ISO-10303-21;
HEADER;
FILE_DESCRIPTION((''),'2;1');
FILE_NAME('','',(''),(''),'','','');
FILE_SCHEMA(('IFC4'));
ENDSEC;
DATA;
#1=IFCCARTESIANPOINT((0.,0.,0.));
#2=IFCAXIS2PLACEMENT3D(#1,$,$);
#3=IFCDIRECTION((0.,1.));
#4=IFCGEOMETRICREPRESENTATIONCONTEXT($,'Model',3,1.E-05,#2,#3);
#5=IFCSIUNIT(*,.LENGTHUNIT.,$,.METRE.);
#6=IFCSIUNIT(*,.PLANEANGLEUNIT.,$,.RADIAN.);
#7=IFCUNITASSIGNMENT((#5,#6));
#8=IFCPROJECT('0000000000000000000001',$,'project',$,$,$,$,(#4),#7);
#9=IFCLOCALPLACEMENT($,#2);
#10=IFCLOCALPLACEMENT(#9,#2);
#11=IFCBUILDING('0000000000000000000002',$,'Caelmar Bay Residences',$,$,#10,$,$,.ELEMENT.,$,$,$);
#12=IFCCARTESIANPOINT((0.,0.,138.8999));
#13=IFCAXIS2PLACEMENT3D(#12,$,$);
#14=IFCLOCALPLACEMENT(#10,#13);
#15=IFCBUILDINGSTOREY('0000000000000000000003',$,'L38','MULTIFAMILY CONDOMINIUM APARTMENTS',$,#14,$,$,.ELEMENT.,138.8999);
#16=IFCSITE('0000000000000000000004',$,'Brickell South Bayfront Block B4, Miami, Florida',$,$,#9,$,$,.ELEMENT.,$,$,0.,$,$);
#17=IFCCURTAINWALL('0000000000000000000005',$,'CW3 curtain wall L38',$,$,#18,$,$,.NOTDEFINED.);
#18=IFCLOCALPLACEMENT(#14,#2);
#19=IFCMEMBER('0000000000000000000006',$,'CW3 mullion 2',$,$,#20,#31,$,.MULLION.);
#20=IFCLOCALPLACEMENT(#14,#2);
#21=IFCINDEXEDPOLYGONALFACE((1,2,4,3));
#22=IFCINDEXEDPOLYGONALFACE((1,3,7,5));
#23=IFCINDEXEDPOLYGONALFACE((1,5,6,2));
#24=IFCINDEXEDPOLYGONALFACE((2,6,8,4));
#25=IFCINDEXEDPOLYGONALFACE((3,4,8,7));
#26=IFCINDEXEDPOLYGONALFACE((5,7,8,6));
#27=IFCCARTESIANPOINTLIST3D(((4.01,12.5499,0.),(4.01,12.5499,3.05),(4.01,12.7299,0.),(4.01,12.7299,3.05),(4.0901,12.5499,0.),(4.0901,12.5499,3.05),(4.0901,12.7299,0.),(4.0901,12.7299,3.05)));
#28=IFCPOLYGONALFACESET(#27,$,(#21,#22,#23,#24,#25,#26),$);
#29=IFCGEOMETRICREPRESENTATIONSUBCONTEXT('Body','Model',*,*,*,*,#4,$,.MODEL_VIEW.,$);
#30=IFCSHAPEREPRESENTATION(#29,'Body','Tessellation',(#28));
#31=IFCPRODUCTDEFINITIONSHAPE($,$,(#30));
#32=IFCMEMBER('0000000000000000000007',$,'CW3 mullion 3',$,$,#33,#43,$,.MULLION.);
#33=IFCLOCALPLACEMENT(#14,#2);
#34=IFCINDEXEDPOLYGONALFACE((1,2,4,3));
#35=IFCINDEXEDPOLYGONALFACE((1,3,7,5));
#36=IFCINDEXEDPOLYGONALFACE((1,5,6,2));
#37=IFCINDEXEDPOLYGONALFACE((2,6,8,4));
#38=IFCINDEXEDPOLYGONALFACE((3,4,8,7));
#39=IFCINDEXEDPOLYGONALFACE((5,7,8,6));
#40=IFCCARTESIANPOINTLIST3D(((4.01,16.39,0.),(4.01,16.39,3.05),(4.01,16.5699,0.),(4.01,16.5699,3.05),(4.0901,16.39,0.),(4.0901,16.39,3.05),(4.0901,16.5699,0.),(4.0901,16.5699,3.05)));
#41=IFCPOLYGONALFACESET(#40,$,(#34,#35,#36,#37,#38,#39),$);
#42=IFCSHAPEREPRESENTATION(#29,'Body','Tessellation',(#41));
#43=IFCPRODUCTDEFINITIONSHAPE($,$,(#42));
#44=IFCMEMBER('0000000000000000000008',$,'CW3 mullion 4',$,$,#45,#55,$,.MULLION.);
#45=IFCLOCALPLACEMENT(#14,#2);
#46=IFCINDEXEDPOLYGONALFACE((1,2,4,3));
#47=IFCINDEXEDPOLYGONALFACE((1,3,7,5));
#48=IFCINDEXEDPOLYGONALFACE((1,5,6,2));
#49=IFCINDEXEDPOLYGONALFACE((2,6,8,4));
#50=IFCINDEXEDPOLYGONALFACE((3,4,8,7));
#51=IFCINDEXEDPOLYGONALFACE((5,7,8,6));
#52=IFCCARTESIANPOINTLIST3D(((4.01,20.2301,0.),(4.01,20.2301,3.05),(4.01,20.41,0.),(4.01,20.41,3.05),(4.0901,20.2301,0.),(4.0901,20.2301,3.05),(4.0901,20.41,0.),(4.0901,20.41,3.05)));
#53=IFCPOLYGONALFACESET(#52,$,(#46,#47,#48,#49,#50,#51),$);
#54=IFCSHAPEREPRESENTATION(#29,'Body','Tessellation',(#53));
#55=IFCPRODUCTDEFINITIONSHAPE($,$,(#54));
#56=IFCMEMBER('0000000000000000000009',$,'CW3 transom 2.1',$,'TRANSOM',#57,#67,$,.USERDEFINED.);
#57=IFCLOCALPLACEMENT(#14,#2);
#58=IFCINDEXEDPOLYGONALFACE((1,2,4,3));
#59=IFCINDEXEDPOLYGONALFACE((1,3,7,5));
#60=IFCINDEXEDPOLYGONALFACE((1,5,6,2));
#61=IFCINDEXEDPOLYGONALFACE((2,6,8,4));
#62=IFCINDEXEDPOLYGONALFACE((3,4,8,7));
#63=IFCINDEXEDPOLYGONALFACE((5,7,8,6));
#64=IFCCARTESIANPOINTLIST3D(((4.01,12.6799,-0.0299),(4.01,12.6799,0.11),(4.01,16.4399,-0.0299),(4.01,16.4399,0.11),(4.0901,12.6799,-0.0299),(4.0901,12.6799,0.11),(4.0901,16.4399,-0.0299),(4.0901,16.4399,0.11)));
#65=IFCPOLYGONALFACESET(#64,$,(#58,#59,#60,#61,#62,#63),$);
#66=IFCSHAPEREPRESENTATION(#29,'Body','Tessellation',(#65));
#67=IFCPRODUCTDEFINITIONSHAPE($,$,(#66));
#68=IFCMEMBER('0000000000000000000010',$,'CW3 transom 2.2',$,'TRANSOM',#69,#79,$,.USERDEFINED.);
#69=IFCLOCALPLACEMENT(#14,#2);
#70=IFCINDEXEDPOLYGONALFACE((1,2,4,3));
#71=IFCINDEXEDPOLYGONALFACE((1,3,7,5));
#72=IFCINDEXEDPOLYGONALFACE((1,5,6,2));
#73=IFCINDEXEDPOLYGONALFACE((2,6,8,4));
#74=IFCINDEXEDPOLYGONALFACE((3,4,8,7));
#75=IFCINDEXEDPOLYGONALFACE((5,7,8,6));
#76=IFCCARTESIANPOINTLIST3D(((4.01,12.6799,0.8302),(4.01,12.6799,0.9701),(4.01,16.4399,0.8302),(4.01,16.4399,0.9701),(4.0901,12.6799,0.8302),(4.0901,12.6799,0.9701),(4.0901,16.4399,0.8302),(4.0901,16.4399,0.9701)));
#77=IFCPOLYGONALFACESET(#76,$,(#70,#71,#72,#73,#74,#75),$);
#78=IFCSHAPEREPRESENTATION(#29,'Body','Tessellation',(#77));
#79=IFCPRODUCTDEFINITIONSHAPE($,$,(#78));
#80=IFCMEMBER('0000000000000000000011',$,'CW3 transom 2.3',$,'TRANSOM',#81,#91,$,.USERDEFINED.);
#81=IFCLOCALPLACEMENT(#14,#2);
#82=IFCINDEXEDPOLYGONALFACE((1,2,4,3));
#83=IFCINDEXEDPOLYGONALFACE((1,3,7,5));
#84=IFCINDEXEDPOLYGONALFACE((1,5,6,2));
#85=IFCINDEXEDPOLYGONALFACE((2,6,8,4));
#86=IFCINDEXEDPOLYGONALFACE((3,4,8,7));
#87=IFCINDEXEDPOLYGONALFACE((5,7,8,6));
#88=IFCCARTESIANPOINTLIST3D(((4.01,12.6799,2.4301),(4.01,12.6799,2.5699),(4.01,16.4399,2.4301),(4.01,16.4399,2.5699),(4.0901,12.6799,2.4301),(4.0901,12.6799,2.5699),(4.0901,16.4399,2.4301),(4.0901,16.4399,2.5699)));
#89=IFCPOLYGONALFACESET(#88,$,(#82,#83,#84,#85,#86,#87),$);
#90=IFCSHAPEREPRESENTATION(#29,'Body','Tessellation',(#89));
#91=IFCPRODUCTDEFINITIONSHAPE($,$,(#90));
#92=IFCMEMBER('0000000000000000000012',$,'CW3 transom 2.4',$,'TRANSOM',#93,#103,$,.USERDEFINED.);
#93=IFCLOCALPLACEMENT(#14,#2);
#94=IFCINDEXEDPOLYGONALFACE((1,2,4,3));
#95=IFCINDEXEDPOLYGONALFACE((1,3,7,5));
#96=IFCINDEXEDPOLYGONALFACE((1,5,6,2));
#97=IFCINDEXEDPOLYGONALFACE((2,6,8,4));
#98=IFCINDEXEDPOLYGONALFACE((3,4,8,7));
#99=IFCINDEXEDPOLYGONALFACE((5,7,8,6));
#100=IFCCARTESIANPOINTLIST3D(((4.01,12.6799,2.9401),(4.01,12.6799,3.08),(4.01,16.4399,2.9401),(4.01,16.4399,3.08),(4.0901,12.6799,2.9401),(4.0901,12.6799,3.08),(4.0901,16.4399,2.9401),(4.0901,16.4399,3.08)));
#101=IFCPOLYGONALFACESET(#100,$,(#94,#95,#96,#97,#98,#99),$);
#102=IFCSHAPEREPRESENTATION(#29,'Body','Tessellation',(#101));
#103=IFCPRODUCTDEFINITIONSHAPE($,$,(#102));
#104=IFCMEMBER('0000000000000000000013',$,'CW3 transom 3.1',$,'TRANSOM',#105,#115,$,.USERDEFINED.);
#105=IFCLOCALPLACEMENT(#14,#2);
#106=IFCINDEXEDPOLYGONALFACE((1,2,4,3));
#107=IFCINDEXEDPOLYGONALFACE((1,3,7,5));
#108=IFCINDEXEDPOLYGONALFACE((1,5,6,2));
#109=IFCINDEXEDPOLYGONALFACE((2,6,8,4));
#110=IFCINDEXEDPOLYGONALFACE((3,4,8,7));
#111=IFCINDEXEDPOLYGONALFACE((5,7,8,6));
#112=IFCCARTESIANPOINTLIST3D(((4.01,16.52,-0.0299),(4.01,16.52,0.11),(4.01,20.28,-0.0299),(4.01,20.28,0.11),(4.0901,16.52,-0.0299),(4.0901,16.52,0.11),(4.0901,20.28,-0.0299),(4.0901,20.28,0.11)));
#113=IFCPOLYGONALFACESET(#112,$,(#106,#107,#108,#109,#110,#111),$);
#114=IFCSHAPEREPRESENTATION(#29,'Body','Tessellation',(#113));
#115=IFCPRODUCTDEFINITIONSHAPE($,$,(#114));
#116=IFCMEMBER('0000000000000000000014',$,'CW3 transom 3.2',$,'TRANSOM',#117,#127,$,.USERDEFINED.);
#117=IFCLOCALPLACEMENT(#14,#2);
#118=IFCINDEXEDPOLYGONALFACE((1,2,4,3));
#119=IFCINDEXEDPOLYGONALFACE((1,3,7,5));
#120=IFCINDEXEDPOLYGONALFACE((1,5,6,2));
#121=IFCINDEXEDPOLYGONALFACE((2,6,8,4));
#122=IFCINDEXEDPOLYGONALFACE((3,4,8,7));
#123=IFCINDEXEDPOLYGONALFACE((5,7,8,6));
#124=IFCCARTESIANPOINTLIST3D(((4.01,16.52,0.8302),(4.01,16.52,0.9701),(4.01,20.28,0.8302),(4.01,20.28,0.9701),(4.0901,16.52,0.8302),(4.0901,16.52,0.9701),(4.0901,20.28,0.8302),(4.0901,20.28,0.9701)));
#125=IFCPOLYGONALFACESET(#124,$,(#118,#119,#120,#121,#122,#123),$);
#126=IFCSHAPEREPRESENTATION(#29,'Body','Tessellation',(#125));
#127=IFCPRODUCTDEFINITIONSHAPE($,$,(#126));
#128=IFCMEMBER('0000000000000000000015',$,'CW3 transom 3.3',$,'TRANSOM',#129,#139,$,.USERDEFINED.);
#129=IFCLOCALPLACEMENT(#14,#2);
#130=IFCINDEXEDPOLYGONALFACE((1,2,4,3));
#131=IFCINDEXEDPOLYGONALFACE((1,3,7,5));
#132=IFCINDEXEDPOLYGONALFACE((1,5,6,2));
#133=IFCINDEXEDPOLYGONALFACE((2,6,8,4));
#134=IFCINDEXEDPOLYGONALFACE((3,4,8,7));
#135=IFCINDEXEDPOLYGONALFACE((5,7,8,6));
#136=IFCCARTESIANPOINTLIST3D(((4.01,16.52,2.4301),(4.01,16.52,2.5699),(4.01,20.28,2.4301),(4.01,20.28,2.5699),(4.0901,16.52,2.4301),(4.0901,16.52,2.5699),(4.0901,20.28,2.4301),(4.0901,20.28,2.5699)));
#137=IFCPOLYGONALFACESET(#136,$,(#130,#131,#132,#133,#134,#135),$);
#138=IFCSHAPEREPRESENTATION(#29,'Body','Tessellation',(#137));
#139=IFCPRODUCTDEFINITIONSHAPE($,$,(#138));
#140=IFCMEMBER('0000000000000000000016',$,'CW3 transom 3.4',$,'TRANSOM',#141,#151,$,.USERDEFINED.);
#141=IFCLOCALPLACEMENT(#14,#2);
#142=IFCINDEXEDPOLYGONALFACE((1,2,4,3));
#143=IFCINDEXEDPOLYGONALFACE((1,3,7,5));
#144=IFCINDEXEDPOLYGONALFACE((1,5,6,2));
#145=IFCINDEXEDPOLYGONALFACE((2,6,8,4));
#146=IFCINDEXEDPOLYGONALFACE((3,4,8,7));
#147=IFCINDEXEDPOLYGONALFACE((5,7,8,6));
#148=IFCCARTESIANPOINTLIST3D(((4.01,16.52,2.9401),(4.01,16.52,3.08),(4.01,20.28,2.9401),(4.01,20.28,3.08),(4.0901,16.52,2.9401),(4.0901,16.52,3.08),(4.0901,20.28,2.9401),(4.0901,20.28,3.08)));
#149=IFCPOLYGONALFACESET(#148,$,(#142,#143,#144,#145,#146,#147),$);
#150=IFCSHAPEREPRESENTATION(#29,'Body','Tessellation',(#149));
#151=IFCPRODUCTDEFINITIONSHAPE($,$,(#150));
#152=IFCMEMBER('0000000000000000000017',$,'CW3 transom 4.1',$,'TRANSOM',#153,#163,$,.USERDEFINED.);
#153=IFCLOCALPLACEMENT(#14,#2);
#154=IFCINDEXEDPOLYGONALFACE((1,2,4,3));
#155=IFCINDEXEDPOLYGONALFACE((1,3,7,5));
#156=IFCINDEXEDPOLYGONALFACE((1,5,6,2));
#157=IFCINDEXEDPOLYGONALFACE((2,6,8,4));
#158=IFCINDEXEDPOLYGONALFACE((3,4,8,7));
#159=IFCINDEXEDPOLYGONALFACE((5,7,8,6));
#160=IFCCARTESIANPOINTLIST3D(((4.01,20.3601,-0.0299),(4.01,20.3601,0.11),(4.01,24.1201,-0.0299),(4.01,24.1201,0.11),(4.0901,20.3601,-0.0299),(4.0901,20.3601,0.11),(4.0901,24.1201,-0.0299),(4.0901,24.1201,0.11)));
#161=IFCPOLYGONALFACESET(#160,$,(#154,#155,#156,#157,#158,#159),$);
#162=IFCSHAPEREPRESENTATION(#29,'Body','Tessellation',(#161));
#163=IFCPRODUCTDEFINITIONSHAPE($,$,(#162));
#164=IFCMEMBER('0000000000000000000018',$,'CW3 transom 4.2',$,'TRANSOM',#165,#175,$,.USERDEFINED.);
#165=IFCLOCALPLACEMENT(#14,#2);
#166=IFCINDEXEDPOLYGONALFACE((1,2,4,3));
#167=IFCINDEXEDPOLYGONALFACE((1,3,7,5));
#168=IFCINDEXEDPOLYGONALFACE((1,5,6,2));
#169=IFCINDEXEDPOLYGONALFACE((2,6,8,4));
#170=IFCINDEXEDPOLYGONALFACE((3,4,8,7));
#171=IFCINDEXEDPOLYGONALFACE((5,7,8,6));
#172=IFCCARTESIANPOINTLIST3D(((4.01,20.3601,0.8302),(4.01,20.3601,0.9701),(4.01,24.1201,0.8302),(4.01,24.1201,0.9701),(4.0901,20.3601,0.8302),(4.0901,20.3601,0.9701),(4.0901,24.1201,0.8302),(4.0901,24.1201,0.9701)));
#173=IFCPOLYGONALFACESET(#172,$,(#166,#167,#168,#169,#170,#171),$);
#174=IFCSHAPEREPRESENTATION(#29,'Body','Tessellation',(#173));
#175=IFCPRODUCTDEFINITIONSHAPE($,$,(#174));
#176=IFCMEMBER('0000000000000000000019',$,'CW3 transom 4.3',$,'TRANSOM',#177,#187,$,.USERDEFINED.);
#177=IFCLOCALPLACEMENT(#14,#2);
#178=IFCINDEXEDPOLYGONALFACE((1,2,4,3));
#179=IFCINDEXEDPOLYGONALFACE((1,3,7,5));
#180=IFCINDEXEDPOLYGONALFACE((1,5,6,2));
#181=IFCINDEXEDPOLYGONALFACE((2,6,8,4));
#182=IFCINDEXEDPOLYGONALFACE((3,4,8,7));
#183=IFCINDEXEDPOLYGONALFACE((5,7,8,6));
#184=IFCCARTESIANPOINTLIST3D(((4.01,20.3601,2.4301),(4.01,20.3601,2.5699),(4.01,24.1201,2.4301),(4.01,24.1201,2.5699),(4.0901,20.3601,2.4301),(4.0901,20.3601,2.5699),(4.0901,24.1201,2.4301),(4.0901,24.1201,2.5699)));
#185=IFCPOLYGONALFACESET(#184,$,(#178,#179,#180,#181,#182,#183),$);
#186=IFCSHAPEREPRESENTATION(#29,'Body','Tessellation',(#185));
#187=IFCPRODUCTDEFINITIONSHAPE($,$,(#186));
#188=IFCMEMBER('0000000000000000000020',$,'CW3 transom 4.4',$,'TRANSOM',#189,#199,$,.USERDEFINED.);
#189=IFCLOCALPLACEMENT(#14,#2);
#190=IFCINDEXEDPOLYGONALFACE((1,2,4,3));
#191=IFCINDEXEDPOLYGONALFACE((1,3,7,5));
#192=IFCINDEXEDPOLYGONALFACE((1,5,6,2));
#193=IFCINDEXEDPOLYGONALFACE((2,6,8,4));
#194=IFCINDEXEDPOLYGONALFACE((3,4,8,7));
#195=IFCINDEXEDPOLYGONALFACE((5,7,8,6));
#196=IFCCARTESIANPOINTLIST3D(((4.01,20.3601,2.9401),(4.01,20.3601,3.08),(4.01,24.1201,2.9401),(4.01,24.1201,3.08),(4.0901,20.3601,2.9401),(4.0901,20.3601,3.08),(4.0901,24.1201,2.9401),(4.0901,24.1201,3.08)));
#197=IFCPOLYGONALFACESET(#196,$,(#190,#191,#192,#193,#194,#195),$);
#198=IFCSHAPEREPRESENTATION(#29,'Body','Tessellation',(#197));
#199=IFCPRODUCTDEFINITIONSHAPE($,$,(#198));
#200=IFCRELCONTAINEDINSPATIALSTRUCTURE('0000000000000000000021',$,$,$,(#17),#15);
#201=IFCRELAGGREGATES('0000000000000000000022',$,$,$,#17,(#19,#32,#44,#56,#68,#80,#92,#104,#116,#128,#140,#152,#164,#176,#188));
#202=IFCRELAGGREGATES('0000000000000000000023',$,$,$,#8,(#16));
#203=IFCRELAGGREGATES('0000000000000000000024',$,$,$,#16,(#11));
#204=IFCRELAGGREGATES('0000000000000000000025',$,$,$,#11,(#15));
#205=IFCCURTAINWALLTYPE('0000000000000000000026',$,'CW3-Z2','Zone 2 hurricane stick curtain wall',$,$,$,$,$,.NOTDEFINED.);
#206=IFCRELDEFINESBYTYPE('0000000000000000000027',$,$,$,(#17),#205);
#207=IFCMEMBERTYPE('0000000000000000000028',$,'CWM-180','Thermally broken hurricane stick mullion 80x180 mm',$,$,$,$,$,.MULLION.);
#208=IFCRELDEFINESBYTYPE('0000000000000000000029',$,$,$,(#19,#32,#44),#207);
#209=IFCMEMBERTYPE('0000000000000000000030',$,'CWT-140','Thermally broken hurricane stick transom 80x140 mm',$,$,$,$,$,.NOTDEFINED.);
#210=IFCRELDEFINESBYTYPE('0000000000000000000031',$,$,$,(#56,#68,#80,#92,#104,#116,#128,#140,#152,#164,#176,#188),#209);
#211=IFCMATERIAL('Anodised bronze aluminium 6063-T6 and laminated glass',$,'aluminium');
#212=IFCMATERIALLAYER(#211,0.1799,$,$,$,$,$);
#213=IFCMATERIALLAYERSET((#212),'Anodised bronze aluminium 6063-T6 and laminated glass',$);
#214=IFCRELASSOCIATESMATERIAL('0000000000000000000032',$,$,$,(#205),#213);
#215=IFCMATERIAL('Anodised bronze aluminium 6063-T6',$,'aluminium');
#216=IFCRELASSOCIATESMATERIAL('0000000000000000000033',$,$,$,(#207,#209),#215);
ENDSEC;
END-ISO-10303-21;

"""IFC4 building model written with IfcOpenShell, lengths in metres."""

from ifc_helpers import new_model, si_unit, direction, frame, origin, origin_2d, place, context, subcontext, project, spatial, rectangle, extrude, material, layer, layer_set, material_profile, profile_set, type_object, element, aggregate, save


model = new_model("IFC4")

# Units and contexts
model_context = context("Model", 3, precision=1e-05, world=origin(), true_north=direction((0.0, 1.0)))
body_context = subcontext(model_context, "Body", "Model", "MODEL_VIEW")
ifc_project = project(units=[si_unit("LENGTHUNIT", "METRE"), si_unit("PLANEANGLEUNIT", "RADIAN")], contexts=[model_context])

# Site, building, storey
site_placement = place(None, origin())
site = spatial("IfcSite", under=ifc_project, at=site_placement, Name="Brickell South Bayfront Block B4, Miami, Florida", CompositionType="ELEMENT", RefElevation=0.0)
building_placement = place(site_placement, origin())
building = spatial("IfcBuilding", under=site, at=building_placement, Name="Caelmar Bay Residences", CompositionType="ELEMENT")
storey_placement = place(building_placement, frame((0.0, 0.0, 138.8999)))
storey = spatial("IfcBuildingStorey", under=building, at=storey_placement, Name="L38", Description="MULTIFAMILY CONDOMINIUM APARTMENTS", CompositionType="ELEMENT", Elevation=138.8999)

# Curtain wall, members
ifc_material_1 = material(Name="Anodised bronze aluminium 6063-T6 and laminated glass", Category="aluminium")
ifc_layer_1 = layer(ifc_material_1, 0.1799)
ifc_layer_set_1 = layer_set([ifc_layer_1], Name="Anodised bronze aluminium 6063-T6 and laminated glass")
curtain_wall_type = type_object("IfcCurtainWallType", Name="CW3-Z2", Description="Zone 2 hurricane stick curtain wall", PredefinedType="NOTDEFINED", material=ifc_layer_set_1)
curtain_wall_placement = place(storey_placement, origin())
curtain_wall = element("IfcCurtainWall", 1, at=curtain_wall_placement, inside=storey, type_object=curtain_wall_type, Name="CW3 curtain wall L38", PredefinedType="NOTDEFINED")
ifc_material_2 = material(Name="Anodised bronze aluminium 6063-T6", Category="aluminium")
ifc_material_profile_1 = material_profile(ifc_material_2, rectangle(XDim=0.0801, YDim=0.1799, at=origin_2d()), Name="CWM-80X180")
ifc_profile_set_1 = profile_set([ifc_material_profile_1], Name="Anodised bronze aluminium 6063-T6")
member_type_1 = type_object("IfcMemberType", Name="CWM-180", Description="Thermally broken hurricane stick mullion 80x180 mm", PredefinedType="MULLION", material=ifc_profile_set_1)
member_1_placement = place(storey_placement, frame((4.05, 12.6399, 0.0), z_axis=(0.0, 0.0, 1.0), x_axis=(-1.0, 0.0, 0.0)))
member_1 = element("IfcMember", 2, at=member_1_placement, type_object=member_type_1, Name="CW3 mullion 2", PredefinedType="MULLION", context=body_context, shape_type="SweptSolid", body=[
    extrude(rectangle(XDim=0.0801, YDim=0.1799, at=origin_2d()), origin(), (0.0, 0.0, 1.0), 3.05),
])
member_2_placement = place(storey_placement, frame((4.05, 16.48, 0.0), z_axis=(0.0, 0.0, 1.0), x_axis=(-1.0, 0.0, 0.0)))
member_2 = element("IfcMember", 3, at=member_2_placement, type_object=member_type_1, Name="CW3 mullion 3", PredefinedType="MULLION", context=body_context, shape_type="SweptSolid", body=[
    extrude(rectangle(XDim=0.0801, YDim=0.1799, at=origin_2d()), origin(), (0.0, 0.0, 1.0), 3.05),
])
member_3_placement = place(storey_placement, frame((4.05, 20.3201, 0.0), z_axis=(0.0, 0.0, 1.0), x_axis=(-1.0, 0.0, 0.0)))
member_3 = element("IfcMember", 4, at=member_3_placement, type_object=member_type_1, Name="CW3 mullion 4", PredefinedType="MULLION", context=body_context, shape_type="SweptSolid", body=[
    extrude(rectangle(XDim=0.0801, YDim=0.1799, at=origin_2d()), origin(), (0.0, 0.0, 1.0), 3.05),
])
ifc_material_profile_2 = material_profile(ifc_material_2, rectangle(XDim=0.0801, YDim=0.1399, at=origin_2d()), Name="CWT-80X140")
ifc_profile_set_2 = profile_set([ifc_material_profile_2], Name="Anodised bronze aluminium 6063-T6")
member_type_2 = type_object("IfcMemberType", Name="CWT-140", Description="Thermally broken hurricane stick transom 80x140 mm", PredefinedType="NOTDEFINED", material=ifc_profile_set_2)
member_4_placement = place(storey_placement, frame((4.05, 12.6799, 0.04), z_axis=(0.0, 1.0, 0.0), x_axis=(-1.0, 0.0, 0.0)))
member_4 = element("IfcMember", 5, at=member_4_placement, type_object=member_type_2, Name="CW3 transom 2.1", ObjectType="TRANSOM", PredefinedType="USERDEFINED", context=body_context, shape_type="SweptSolid", body=[
    extrude(rectangle(XDim=0.0801, YDim=0.1399, at=origin_2d()), origin(), (0.0, 0.0, 1.0), 3.76),
])
member_5_placement = place(storey_placement, frame((4.05, 12.6799, 0.9001), z_axis=(0.0, 1.0, 0.0), x_axis=(-1.0, 0.0, 0.0)))
member_5 = element("IfcMember", 6, at=member_5_placement, type_object=member_type_2, Name="CW3 transom 2.2", ObjectType="TRANSOM", PredefinedType="USERDEFINED", context=body_context, shape_type="SweptSolid", body=[
    extrude(rectangle(XDim=0.0801, YDim=0.1399, at=origin_2d()), origin(), (0.0, 0.0, 1.0), 3.76),
])
member_6_placement = place(storey_placement, frame((4.05, 12.6799, 2.5), z_axis=(0.0, 1.0, 0.0), x_axis=(-1.0, 0.0, 0.0)))
member_6 = element("IfcMember", 7, at=member_6_placement, type_object=member_type_2, Name="CW3 transom 2.3", ObjectType="TRANSOM", PredefinedType="USERDEFINED", context=body_context, shape_type="SweptSolid", body=[
    extrude(rectangle(XDim=0.0801, YDim=0.1399, at=origin_2d()), origin(), (0.0, 0.0, 1.0), 3.76),
])
member_7_placement = place(storey_placement, frame((4.05, 12.6799, 3.01), z_axis=(0.0, 1.0, 0.0), x_axis=(-1.0, 0.0, 0.0)))
member_7 = element("IfcMember", 8, at=member_7_placement, type_object=member_type_2, Name="CW3 transom 2.4", ObjectType="TRANSOM", PredefinedType="USERDEFINED", context=body_context, shape_type="SweptSolid", body=[
    extrude(rectangle(XDim=0.0801, YDim=0.1399, at=origin_2d()), origin(), (0.0, 0.0, 1.0), 3.76),
])
member_8_placement = place(storey_placement, frame((4.05, 16.52, 0.04), z_axis=(0.0, 1.0, 0.0), x_axis=(-1.0, 0.0, 0.0)))
member_8 = element("IfcMember", 9, at=member_8_placement, type_object=member_type_2, Name="CW3 transom 3.1", ObjectType="TRANSOM", PredefinedType="USERDEFINED", context=body_context, shape_type="SweptSolid", body=[
    extrude(rectangle(XDim=0.0801, YDim=0.1399, at=origin_2d()), origin(), (0.0, 0.0, 1.0), 3.76),
])
member_9_placement = place(storey_placement, frame((4.05, 16.52, 0.9001), z_axis=(0.0, 1.0, 0.0), x_axis=(-1.0, 0.0, 0.0)))
member_9 = element("IfcMember", 10, at=member_9_placement, type_object=member_type_2, Name="CW3 transom 3.2", ObjectType="TRANSOM", PredefinedType="USERDEFINED", context=body_context, shape_type="SweptSolid", body=[
    extrude(rectangle(XDim=0.0801, YDim=0.1399, at=origin_2d()), origin(), (0.0, 0.0, 1.0), 3.76),
])
member_10_placement = place(storey_placement, frame((4.05, 16.52, 2.5), z_axis=(0.0, 1.0, 0.0), x_axis=(-1.0, 0.0, 0.0)))
member_10 = element("IfcMember", 11, at=member_10_placement, type_object=member_type_2, Name="CW3 transom 3.3", ObjectType="TRANSOM", PredefinedType="USERDEFINED", context=body_context, shape_type="SweptSolid", body=[
    extrude(rectangle(XDim=0.0801, YDim=0.1399, at=origin_2d()), origin(), (0.0, 0.0, 1.0), 3.76),
])
member_11_placement = place(storey_placement, frame((4.05, 16.52, 3.01), z_axis=(0.0, 1.0, 0.0), x_axis=(-1.0, 0.0, 0.0)))
member_11 = element("IfcMember", 12, at=member_11_placement, type_object=member_type_2, Name="CW3 transom 3.4", ObjectType="TRANSOM", PredefinedType="USERDEFINED", context=body_context, shape_type="SweptSolid", body=[
    extrude(rectangle(XDim=0.0801, YDim=0.1399, at=origin_2d()), origin(), (0.0, 0.0, 1.0), 3.76),
])
member_12_placement = place(storey_placement, frame((4.05, 20.3601, 0.04), z_axis=(0.0, 1.0, 0.0), x_axis=(-1.0, 0.0, 0.0)))
member_12 = element("IfcMember", 13, at=member_12_placement, type_object=member_type_2, Name="CW3 transom 4.1", ObjectType="TRANSOM", PredefinedType="USERDEFINED", context=body_context, shape_type="SweptSolid", body=[
    extrude(rectangle(XDim=0.0801, YDim=0.1399, at=origin_2d()), origin(), (0.0, 0.0, 1.0), 3.76),
])
member_13_placement = place(storey_placement, frame((4.05, 20.3601, 0.9001), z_axis=(0.0, 1.0, 0.0), x_axis=(-1.0, 0.0, 0.0)))
member_13 = element("IfcMember", 14, at=member_13_placement, type_object=member_type_2, Name="CW3 transom 4.2", ObjectType="TRANSOM", PredefinedType="USERDEFINED", context=body_context, shape_type="SweptSolid", body=[
    extrude(rectangle(XDim=0.0801, YDim=0.1399, at=origin_2d()), origin(), (0.0, 0.0, 1.0), 3.76),
])
member_14_placement = place(storey_placement, frame((4.05, 20.3601, 2.5), z_axis=(0.0, 1.0, 0.0), x_axis=(-1.0, 0.0, 0.0)))
member_14 = element("IfcMember", 15, at=member_14_placement, type_object=member_type_2, Name="CW3 transom 4.3", ObjectType="TRANSOM", PredefinedType="USERDEFINED", context=body_context, shape_type="SweptSolid", body=[
    extrude(rectangle(XDim=0.0801, YDim=0.1399, at=origin_2d()), origin(), (0.0, 0.0, 1.0), 3.76),
])
member_15_placement = place(storey_placement, frame((4.05, 20.3601, 3.01), z_axis=(0.0, 1.0, 0.0), x_axis=(-1.0, 0.0, 0.0)))
member_15 = element("IfcMember", 16, at=member_15_placement, type_object=member_type_2, Name="CW3 transom 4.4", ObjectType="TRANSOM", PredefinedType="USERDEFINED", context=body_context, shape_type="SweptSolid", body=[
    extrude(rectangle(XDim=0.0801, YDim=0.1399, at=origin_2d()), origin(), (0.0, 0.0, 1.0), 3.76),
])
aggregate(curtain_wall, [member_1, member_2, member_3, member_4, member_5, member_6, member_7, member_8, member_9, member_10, member_11, member_12, member_13, member_14, member_15])

save(model, "model.ifc")
